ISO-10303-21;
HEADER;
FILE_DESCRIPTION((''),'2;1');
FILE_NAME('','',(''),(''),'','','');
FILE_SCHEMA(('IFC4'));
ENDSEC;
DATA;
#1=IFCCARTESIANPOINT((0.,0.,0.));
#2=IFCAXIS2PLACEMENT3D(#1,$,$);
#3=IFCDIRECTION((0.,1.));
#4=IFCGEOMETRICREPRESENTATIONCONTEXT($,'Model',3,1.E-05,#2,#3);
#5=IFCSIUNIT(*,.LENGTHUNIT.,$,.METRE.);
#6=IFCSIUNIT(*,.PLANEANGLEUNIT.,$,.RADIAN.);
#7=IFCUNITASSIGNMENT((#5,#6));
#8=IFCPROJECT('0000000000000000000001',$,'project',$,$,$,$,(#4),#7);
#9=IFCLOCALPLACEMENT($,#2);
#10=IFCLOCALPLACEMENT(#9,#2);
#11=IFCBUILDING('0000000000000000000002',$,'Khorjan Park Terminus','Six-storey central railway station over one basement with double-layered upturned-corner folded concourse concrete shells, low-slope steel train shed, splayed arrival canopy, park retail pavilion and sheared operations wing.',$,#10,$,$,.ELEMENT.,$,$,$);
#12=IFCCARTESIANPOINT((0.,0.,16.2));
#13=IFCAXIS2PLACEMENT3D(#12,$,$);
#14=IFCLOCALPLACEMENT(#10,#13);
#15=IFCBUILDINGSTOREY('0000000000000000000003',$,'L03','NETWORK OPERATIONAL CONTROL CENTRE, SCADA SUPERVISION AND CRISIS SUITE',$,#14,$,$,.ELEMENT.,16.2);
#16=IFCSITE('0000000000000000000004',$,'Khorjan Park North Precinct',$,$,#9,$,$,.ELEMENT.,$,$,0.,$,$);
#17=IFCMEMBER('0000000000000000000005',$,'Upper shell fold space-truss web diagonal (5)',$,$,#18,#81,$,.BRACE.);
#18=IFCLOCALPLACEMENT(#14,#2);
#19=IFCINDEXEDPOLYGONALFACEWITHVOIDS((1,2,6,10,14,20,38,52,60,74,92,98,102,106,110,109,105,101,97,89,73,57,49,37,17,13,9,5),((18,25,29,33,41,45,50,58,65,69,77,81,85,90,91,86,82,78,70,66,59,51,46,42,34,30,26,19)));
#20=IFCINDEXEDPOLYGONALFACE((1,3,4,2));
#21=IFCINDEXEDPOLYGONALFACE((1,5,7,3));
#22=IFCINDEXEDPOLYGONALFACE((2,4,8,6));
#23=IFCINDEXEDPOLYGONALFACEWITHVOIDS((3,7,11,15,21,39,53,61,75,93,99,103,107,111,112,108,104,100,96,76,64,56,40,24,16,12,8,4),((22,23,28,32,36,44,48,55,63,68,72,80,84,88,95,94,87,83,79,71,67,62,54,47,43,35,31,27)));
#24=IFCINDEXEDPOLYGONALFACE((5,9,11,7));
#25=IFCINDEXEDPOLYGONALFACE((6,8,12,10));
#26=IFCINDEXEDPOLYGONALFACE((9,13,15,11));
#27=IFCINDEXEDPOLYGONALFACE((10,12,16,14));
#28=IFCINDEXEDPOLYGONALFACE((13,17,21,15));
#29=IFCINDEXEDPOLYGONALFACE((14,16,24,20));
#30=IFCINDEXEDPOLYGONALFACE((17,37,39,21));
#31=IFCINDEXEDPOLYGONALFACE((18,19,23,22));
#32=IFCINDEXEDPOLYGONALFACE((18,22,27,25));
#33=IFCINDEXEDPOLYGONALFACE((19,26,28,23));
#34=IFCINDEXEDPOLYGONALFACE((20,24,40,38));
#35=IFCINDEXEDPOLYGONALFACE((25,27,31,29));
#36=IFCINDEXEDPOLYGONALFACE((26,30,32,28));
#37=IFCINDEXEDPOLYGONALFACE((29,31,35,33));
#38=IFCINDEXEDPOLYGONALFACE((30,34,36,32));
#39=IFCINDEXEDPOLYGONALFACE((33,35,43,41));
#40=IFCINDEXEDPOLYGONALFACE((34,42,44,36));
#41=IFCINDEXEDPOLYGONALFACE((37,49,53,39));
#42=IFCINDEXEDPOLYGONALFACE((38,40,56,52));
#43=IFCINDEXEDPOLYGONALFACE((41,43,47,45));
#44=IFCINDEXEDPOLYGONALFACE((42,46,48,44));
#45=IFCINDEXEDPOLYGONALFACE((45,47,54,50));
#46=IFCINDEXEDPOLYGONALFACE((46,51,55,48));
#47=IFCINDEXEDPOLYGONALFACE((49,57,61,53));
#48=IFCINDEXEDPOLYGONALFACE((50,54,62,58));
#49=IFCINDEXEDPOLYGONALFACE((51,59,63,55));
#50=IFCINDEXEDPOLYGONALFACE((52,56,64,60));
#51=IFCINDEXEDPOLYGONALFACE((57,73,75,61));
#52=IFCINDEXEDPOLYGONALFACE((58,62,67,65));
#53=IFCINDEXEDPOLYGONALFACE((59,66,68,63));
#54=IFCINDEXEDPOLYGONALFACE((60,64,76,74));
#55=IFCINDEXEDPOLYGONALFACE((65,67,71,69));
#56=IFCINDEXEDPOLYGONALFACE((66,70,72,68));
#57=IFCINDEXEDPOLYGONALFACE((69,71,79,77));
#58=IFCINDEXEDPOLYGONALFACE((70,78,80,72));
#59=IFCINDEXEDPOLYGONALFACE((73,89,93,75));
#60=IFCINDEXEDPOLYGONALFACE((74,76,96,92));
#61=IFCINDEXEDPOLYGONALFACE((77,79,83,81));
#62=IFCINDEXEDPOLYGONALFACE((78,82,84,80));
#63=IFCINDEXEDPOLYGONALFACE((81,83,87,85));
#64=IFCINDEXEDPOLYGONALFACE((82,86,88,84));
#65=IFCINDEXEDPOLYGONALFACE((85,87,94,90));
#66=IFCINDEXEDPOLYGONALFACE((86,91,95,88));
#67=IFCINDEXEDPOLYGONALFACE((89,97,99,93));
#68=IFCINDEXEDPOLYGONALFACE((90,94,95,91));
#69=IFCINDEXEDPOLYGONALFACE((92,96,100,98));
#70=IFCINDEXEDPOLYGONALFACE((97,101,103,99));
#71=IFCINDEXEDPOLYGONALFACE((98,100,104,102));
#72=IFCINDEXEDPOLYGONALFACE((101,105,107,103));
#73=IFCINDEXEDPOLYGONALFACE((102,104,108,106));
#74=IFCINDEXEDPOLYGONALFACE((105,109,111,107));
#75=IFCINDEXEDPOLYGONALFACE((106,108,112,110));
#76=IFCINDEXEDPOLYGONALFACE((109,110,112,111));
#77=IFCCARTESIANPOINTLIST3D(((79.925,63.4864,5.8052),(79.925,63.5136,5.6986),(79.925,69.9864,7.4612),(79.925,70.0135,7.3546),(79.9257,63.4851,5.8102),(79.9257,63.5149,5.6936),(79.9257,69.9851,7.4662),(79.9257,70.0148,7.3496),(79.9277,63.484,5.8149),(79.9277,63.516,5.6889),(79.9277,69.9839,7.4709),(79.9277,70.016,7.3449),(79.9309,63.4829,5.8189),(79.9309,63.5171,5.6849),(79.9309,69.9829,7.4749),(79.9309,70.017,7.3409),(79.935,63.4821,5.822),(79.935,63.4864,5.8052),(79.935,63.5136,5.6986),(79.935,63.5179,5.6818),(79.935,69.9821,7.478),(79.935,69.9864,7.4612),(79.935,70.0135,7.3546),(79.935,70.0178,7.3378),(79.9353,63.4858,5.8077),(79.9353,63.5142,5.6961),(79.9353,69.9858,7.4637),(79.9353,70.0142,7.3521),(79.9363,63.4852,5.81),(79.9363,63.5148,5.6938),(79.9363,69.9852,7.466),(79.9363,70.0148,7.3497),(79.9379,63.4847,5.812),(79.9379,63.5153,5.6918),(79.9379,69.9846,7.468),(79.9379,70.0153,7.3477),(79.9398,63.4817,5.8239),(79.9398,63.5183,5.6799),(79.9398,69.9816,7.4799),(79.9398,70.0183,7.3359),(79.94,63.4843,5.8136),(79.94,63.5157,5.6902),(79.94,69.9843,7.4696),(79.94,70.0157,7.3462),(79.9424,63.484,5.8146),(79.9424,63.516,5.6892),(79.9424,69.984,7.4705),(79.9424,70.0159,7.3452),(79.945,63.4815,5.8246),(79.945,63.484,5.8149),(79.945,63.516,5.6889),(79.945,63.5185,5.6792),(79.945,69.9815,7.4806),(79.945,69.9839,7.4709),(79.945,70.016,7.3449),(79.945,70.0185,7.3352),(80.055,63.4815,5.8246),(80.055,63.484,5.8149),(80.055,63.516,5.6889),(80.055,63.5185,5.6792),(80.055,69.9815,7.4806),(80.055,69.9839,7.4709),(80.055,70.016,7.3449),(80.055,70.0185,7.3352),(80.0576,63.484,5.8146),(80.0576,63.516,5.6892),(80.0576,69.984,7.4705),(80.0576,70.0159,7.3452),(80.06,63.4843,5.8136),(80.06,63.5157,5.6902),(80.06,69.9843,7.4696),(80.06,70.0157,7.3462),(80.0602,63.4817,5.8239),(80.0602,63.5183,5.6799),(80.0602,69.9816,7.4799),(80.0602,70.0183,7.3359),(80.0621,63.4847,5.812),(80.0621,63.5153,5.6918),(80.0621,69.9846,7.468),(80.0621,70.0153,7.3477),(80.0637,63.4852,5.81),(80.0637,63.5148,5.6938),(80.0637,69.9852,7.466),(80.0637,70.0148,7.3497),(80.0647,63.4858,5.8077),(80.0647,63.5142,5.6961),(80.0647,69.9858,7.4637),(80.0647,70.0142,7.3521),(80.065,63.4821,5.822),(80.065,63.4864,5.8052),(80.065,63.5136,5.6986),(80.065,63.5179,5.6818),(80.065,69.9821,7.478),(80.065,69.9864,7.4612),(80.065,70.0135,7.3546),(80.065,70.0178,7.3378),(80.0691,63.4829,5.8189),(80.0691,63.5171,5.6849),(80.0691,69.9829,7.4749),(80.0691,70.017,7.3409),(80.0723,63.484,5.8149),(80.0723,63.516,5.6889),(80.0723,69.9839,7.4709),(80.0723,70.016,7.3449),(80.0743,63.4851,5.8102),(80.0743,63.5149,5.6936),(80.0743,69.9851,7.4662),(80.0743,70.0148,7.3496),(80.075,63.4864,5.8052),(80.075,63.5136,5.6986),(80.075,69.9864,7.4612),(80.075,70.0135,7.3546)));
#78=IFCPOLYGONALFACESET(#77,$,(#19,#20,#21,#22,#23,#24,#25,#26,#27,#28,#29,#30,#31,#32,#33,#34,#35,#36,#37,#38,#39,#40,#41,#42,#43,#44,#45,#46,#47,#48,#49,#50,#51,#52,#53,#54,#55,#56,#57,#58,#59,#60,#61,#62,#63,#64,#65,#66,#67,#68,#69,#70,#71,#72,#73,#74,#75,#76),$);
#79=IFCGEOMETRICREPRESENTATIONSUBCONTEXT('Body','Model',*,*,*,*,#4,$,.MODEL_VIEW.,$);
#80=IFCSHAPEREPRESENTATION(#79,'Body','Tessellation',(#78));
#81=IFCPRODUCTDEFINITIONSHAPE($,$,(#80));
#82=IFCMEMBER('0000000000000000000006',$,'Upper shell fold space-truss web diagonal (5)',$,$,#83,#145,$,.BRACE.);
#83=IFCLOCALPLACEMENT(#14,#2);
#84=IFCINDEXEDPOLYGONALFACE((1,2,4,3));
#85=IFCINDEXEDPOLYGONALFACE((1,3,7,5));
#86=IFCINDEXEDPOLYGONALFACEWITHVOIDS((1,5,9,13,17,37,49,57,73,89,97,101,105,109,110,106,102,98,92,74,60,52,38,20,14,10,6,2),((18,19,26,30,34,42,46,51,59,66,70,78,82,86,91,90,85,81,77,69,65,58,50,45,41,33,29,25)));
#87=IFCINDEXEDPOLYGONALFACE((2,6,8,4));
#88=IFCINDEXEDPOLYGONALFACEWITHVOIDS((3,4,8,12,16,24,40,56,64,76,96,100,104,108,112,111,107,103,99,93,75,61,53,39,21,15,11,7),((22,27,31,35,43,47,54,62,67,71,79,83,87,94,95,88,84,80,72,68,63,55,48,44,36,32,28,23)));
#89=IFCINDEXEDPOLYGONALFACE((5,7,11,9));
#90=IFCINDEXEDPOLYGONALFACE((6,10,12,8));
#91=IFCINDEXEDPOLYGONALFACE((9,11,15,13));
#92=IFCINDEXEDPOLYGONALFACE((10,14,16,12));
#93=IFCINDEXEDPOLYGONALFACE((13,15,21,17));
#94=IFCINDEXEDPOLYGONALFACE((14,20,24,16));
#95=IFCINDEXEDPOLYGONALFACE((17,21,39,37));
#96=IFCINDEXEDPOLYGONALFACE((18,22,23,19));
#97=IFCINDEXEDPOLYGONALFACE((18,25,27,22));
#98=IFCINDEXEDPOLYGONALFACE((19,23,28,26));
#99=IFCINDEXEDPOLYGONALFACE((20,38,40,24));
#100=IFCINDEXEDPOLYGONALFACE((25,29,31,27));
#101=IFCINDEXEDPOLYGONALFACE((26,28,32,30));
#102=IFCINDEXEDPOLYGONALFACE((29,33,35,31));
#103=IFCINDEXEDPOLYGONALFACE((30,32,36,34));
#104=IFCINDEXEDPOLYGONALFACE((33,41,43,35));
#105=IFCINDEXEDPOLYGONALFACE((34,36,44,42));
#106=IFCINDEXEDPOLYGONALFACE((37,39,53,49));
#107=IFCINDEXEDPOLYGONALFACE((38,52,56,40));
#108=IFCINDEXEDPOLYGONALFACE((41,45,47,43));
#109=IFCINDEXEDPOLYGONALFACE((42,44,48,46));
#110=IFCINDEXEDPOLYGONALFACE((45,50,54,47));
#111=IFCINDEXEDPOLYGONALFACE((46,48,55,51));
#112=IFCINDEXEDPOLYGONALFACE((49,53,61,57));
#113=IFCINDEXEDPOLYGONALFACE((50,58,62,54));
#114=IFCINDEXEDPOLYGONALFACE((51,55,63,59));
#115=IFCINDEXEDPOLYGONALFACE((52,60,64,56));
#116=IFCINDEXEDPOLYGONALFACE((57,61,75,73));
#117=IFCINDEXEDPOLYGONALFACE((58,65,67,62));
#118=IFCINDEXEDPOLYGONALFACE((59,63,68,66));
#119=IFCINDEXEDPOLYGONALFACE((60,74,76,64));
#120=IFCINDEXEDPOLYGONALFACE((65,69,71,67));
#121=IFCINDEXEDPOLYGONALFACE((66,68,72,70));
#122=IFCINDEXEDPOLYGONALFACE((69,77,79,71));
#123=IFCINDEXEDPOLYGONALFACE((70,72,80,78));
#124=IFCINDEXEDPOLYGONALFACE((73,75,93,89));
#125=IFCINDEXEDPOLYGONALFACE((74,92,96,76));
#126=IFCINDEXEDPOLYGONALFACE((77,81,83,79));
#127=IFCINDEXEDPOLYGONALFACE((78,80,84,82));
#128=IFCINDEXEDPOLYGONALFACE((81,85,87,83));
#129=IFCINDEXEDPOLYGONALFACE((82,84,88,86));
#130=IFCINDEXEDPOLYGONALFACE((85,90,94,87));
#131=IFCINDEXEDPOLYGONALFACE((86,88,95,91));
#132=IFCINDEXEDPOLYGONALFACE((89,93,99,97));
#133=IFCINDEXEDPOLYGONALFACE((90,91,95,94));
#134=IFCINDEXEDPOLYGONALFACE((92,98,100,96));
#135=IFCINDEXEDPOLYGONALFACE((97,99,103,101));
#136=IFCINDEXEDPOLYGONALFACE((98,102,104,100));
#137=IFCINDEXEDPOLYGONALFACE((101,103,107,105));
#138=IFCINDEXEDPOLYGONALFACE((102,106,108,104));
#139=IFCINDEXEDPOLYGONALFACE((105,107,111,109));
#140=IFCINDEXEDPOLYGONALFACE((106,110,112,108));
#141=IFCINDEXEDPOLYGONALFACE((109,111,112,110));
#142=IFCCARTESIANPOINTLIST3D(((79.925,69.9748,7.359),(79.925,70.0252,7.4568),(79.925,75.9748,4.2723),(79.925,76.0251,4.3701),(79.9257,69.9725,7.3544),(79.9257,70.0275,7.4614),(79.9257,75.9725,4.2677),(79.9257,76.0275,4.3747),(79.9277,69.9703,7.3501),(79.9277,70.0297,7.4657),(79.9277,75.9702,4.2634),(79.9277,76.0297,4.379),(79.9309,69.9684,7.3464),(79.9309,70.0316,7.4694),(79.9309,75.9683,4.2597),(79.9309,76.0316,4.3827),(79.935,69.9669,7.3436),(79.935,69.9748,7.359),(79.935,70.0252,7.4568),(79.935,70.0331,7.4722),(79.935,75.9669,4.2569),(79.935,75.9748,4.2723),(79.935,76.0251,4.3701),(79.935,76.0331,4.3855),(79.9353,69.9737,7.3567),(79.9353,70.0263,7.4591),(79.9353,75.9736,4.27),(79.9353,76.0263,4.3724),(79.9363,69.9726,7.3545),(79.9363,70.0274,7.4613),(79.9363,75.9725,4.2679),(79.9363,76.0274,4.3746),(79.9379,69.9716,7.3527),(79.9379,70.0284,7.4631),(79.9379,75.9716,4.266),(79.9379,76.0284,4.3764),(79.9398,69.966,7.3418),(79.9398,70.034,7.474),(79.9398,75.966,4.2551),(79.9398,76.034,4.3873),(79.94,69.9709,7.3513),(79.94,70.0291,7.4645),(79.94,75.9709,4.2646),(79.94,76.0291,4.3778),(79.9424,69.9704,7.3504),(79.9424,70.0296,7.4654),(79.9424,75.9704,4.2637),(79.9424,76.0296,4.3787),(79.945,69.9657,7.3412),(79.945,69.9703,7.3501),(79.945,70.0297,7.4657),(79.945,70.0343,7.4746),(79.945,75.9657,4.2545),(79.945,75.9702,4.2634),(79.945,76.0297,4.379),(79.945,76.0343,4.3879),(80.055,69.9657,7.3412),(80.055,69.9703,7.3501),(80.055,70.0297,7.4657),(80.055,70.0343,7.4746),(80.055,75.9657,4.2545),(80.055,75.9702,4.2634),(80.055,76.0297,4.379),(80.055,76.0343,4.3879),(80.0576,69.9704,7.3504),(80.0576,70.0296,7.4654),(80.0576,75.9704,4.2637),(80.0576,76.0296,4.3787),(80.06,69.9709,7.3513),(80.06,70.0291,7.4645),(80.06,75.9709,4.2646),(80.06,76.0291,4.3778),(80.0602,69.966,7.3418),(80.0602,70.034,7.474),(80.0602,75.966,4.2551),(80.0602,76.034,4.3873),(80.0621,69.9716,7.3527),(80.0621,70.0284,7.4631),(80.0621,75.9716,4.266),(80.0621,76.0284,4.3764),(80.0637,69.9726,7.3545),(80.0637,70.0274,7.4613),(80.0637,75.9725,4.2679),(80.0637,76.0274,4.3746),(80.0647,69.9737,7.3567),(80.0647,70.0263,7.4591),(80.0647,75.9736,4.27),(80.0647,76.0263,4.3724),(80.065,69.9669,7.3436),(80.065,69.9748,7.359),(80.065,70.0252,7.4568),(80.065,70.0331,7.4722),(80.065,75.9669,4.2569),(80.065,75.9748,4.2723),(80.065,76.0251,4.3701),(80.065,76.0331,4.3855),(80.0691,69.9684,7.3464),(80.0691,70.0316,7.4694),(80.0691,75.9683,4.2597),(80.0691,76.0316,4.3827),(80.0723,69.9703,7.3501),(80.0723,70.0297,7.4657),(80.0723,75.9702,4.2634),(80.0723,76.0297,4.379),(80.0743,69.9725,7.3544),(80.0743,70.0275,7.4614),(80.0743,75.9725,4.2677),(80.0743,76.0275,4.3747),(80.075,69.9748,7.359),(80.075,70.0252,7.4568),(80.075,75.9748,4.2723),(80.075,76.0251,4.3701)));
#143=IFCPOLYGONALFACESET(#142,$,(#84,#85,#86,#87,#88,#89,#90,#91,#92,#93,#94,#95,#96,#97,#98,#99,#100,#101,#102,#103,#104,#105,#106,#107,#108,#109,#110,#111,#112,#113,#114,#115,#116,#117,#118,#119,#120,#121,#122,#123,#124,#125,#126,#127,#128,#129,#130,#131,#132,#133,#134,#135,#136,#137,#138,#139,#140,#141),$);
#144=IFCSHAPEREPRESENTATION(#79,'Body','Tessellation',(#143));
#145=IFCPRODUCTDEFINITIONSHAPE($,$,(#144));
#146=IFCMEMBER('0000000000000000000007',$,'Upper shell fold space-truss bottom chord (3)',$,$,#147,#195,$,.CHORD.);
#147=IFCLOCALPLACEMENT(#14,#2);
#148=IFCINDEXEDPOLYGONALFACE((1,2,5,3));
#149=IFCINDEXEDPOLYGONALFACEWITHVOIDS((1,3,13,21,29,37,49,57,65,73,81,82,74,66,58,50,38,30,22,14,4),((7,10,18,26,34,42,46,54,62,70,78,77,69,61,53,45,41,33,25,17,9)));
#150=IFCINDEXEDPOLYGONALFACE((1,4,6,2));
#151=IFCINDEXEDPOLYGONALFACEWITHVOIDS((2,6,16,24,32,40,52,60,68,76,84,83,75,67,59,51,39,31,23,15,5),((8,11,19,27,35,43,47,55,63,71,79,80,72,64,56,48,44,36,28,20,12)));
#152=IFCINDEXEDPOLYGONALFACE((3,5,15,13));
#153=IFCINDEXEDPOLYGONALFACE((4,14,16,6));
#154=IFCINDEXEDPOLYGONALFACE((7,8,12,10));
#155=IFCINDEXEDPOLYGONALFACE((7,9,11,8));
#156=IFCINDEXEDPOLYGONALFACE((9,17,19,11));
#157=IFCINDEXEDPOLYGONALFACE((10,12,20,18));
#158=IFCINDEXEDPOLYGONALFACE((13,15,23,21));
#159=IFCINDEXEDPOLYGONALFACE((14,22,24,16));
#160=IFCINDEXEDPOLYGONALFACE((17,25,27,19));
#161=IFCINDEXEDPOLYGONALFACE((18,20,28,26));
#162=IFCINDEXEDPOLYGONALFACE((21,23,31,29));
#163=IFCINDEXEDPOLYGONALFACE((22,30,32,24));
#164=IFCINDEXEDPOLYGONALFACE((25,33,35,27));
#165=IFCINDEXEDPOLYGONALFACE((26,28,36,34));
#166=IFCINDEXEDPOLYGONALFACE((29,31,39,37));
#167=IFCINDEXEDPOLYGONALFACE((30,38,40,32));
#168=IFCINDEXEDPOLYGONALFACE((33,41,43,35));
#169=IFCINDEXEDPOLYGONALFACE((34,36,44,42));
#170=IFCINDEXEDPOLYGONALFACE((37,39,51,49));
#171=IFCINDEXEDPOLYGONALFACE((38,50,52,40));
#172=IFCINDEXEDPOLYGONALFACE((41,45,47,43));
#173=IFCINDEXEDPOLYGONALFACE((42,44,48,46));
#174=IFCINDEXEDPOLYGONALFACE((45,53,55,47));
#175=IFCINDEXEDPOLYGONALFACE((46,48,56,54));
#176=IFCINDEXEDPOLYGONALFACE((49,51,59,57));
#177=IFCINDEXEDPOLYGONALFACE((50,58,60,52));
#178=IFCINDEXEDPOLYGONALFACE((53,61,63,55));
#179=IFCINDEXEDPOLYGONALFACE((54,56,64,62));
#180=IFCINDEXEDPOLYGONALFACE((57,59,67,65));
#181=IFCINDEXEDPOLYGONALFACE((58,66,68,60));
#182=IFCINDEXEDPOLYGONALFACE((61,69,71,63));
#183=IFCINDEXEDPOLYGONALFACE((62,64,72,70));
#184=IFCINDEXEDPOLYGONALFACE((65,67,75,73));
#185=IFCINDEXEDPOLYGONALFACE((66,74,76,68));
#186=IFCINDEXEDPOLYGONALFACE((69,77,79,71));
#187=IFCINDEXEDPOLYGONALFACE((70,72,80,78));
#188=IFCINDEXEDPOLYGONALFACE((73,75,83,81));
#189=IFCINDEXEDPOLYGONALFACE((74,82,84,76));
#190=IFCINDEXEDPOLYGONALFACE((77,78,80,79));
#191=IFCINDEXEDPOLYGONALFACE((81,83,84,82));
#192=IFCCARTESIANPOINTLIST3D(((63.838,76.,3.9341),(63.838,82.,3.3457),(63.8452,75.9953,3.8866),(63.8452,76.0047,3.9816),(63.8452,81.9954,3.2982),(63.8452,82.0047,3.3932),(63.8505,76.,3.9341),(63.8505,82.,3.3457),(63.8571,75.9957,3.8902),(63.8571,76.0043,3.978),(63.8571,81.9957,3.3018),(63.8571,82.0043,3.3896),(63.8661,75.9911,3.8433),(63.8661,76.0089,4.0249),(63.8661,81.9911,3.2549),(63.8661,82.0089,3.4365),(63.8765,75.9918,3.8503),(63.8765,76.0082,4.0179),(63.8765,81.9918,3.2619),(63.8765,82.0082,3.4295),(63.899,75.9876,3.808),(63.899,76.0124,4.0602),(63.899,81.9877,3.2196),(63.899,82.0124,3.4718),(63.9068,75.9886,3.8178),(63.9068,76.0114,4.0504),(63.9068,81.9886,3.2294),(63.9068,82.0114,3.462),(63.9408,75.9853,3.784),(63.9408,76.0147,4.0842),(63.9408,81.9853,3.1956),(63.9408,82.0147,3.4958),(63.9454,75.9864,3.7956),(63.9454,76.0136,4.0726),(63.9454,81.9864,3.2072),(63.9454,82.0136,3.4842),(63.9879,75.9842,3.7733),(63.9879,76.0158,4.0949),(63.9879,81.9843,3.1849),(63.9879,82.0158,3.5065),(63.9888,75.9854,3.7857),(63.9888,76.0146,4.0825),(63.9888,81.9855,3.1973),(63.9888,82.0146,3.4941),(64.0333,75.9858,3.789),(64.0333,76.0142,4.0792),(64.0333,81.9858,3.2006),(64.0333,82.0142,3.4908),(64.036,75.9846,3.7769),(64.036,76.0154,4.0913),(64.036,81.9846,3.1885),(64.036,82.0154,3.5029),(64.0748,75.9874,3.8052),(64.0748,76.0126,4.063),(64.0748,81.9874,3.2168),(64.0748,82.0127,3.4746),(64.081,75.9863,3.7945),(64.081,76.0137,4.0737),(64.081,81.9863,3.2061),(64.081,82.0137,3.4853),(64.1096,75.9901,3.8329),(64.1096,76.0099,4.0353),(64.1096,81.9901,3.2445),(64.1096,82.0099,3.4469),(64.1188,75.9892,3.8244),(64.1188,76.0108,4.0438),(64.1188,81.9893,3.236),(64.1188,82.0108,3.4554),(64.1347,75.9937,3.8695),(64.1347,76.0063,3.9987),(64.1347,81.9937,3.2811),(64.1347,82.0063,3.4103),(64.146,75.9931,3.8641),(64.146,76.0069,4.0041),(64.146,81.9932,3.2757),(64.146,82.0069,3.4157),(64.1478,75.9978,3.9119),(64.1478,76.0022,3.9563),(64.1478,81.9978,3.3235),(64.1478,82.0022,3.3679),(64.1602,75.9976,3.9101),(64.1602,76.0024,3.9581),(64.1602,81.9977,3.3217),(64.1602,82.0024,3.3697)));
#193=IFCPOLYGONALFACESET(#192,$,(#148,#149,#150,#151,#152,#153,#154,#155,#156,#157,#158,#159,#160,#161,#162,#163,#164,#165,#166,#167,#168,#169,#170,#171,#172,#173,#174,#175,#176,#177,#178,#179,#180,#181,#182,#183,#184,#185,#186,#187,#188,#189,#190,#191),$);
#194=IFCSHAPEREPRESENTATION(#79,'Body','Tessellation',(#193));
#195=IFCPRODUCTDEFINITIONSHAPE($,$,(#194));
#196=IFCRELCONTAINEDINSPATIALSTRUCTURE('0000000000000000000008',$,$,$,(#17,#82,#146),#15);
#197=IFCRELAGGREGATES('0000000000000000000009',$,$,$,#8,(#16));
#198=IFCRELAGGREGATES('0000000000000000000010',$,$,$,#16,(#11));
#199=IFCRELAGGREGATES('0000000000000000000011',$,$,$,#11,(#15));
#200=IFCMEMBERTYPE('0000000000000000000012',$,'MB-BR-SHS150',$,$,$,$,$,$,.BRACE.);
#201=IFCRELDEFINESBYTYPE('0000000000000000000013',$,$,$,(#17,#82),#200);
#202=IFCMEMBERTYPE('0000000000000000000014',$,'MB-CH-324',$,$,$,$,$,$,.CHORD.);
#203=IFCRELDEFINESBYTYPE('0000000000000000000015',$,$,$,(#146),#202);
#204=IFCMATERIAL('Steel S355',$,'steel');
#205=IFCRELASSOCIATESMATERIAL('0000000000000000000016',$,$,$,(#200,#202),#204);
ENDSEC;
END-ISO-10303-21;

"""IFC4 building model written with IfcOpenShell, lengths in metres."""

from ifc_helpers import new_model, si_unit, direction, frame, origin, origin_2d, place, context, subcontext, project, spatial, hollow_rectangle, hollow_circle, extrude, material, material_profile, profile_set, type_object, element, save


model = new_model("IFC4")

# Units and contexts
model_context = context("Model", 3, precision=1e-05, world=origin(), true_north=direction((0.0, 1.0)))
body_context = subcontext(model_context, "Body", "Model", "MODEL_VIEW")
ifc_project = project(units=[si_unit("LENGTHUNIT", "METRE"), si_unit("PLANEANGLEUNIT", "RADIAN")], contexts=[model_context])

# Site, building, storey
site_placement = place(None, origin())
site = spatial("IfcSite", under=ifc_project, at=site_placement, Name="Khorjan Park North Precinct", CompositionType="ELEMENT", RefElevation=0.0)
building_placement = place(site_placement, origin())
building = spatial("IfcBuilding", under=site, at=building_placement, Name="Khorjan Park Terminus", Description="Six-storey central railway station over one basement with double-layered upturned-corner folded concourse concrete shells, low-slope steel train shed, splayed arrival canopy, park retail pavilion and sheared operations wing.", CompositionType="ELEMENT")
storey_placement = place(building_placement, frame((0.0, 0.0, 16.2)))
storey = spatial("IfcBuildingStorey", under=building, at=storey_placement, Name="L03", Description="NETWORK OPERATIONAL CONTROL CENTRE, SCADA SUPERVISION AND CRISIS SUITE", CompositionType="ELEMENT", Elevation=16.2)

# Members
ifc_material = material(Name="Steel S355", Category="steel")
ifc_material_profile_1 = material_profile(ifc_material, hollow_rectangle(XDim=0.15, YDim=0.15, WallThickness=0.01, InnerFilletRadius=0.01, OuterFilletRadius=0.02, at=origin_2d()), Name="SHS 150x150x10")
ifc_profile_set_1 = profile_set([ifc_material_profile_1], Name="Steel S355")
member_type_1 = type_object("IfcMemberType", Name="MB-BR-SHS150", PredefinedType="BRACE", material=ifc_profile_set_1)
member_1_placement = place(storey_placement, frame((80.0, 63.5, 5.7519), z_axis=(0.0, 0.969045, 0.246883), x_axis=(-1.0, 0.0, 0.0)))
element("IfcMember", 1, at=member_1_placement, inside=storey, type_object=member_type_1, Name="Upper shell fold space-truss web diagonal (5)", PredefinedType="BRACE", context=body_context, shape_type="SweptSolid", body=[
    extrude(hollow_rectangle(XDim=0.15, YDim=0.15, WallThickness=0.01, InnerFilletRadius=0.01, OuterFilletRadius=0.02, at=origin_2d()), origin(), (0.0, 0.0, 1.0), 6.7076),
])
member_2_placement = place(storey_placement, frame((80.0, 70.0, 7.4079), z_axis=(0.0, 0.889228, -0.457464), x_axis=(-1.0, 0.0, 0.0)))
element("IfcMember", 2, at=member_2_placement, inside=storey, type_object=member_type_1, Name="Upper shell fold space-truss web diagonal (5)", PredefinedType="BRACE", context=body_context, shape_type="SweptSolid", body=[
    extrude(hollow_rectangle(XDim=0.15, YDim=0.15, WallThickness=0.01, InnerFilletRadius=0.01, OuterFilletRadius=0.02, at=origin_2d()), origin(), (0.0, 0.0, 1.0), 6.7474),
])
ifc_material_profile_2 = material_profile(ifc_material, hollow_circle(Radius=0.162, WallThickness=0.0125, at=origin_2d()), Name="CHS 323.9x12.5")
ifc_profile_set_2 = profile_set([ifc_material_profile_2], Name="Steel S355")
member_type_2 = type_object("IfcMemberType", Name="MB-CH-324", PredefinedType="CHORD", material=ifc_profile_set_2)
member_3_placement = place(storey_placement, frame((64.0, 76.0, 3.9341), z_axis=(0.0, 0.995226, -0.097598), x_axis=(-1.0, 0.0, 0.0)))
element("IfcMember", 3, at=member_3_placement, inside=storey, type_object=member_type_2, Name="Upper shell fold space-truss bottom chord (3)", PredefinedType="CHORD", context=body_context, shape_type="SweptSolid", body=[
    extrude(hollow_circle(Radius=0.162, WallThickness=0.0125, at=origin_2d()), origin(), (0.0, 0.0, 1.0), 6.0288),
])

save(model, "model.ifc")
